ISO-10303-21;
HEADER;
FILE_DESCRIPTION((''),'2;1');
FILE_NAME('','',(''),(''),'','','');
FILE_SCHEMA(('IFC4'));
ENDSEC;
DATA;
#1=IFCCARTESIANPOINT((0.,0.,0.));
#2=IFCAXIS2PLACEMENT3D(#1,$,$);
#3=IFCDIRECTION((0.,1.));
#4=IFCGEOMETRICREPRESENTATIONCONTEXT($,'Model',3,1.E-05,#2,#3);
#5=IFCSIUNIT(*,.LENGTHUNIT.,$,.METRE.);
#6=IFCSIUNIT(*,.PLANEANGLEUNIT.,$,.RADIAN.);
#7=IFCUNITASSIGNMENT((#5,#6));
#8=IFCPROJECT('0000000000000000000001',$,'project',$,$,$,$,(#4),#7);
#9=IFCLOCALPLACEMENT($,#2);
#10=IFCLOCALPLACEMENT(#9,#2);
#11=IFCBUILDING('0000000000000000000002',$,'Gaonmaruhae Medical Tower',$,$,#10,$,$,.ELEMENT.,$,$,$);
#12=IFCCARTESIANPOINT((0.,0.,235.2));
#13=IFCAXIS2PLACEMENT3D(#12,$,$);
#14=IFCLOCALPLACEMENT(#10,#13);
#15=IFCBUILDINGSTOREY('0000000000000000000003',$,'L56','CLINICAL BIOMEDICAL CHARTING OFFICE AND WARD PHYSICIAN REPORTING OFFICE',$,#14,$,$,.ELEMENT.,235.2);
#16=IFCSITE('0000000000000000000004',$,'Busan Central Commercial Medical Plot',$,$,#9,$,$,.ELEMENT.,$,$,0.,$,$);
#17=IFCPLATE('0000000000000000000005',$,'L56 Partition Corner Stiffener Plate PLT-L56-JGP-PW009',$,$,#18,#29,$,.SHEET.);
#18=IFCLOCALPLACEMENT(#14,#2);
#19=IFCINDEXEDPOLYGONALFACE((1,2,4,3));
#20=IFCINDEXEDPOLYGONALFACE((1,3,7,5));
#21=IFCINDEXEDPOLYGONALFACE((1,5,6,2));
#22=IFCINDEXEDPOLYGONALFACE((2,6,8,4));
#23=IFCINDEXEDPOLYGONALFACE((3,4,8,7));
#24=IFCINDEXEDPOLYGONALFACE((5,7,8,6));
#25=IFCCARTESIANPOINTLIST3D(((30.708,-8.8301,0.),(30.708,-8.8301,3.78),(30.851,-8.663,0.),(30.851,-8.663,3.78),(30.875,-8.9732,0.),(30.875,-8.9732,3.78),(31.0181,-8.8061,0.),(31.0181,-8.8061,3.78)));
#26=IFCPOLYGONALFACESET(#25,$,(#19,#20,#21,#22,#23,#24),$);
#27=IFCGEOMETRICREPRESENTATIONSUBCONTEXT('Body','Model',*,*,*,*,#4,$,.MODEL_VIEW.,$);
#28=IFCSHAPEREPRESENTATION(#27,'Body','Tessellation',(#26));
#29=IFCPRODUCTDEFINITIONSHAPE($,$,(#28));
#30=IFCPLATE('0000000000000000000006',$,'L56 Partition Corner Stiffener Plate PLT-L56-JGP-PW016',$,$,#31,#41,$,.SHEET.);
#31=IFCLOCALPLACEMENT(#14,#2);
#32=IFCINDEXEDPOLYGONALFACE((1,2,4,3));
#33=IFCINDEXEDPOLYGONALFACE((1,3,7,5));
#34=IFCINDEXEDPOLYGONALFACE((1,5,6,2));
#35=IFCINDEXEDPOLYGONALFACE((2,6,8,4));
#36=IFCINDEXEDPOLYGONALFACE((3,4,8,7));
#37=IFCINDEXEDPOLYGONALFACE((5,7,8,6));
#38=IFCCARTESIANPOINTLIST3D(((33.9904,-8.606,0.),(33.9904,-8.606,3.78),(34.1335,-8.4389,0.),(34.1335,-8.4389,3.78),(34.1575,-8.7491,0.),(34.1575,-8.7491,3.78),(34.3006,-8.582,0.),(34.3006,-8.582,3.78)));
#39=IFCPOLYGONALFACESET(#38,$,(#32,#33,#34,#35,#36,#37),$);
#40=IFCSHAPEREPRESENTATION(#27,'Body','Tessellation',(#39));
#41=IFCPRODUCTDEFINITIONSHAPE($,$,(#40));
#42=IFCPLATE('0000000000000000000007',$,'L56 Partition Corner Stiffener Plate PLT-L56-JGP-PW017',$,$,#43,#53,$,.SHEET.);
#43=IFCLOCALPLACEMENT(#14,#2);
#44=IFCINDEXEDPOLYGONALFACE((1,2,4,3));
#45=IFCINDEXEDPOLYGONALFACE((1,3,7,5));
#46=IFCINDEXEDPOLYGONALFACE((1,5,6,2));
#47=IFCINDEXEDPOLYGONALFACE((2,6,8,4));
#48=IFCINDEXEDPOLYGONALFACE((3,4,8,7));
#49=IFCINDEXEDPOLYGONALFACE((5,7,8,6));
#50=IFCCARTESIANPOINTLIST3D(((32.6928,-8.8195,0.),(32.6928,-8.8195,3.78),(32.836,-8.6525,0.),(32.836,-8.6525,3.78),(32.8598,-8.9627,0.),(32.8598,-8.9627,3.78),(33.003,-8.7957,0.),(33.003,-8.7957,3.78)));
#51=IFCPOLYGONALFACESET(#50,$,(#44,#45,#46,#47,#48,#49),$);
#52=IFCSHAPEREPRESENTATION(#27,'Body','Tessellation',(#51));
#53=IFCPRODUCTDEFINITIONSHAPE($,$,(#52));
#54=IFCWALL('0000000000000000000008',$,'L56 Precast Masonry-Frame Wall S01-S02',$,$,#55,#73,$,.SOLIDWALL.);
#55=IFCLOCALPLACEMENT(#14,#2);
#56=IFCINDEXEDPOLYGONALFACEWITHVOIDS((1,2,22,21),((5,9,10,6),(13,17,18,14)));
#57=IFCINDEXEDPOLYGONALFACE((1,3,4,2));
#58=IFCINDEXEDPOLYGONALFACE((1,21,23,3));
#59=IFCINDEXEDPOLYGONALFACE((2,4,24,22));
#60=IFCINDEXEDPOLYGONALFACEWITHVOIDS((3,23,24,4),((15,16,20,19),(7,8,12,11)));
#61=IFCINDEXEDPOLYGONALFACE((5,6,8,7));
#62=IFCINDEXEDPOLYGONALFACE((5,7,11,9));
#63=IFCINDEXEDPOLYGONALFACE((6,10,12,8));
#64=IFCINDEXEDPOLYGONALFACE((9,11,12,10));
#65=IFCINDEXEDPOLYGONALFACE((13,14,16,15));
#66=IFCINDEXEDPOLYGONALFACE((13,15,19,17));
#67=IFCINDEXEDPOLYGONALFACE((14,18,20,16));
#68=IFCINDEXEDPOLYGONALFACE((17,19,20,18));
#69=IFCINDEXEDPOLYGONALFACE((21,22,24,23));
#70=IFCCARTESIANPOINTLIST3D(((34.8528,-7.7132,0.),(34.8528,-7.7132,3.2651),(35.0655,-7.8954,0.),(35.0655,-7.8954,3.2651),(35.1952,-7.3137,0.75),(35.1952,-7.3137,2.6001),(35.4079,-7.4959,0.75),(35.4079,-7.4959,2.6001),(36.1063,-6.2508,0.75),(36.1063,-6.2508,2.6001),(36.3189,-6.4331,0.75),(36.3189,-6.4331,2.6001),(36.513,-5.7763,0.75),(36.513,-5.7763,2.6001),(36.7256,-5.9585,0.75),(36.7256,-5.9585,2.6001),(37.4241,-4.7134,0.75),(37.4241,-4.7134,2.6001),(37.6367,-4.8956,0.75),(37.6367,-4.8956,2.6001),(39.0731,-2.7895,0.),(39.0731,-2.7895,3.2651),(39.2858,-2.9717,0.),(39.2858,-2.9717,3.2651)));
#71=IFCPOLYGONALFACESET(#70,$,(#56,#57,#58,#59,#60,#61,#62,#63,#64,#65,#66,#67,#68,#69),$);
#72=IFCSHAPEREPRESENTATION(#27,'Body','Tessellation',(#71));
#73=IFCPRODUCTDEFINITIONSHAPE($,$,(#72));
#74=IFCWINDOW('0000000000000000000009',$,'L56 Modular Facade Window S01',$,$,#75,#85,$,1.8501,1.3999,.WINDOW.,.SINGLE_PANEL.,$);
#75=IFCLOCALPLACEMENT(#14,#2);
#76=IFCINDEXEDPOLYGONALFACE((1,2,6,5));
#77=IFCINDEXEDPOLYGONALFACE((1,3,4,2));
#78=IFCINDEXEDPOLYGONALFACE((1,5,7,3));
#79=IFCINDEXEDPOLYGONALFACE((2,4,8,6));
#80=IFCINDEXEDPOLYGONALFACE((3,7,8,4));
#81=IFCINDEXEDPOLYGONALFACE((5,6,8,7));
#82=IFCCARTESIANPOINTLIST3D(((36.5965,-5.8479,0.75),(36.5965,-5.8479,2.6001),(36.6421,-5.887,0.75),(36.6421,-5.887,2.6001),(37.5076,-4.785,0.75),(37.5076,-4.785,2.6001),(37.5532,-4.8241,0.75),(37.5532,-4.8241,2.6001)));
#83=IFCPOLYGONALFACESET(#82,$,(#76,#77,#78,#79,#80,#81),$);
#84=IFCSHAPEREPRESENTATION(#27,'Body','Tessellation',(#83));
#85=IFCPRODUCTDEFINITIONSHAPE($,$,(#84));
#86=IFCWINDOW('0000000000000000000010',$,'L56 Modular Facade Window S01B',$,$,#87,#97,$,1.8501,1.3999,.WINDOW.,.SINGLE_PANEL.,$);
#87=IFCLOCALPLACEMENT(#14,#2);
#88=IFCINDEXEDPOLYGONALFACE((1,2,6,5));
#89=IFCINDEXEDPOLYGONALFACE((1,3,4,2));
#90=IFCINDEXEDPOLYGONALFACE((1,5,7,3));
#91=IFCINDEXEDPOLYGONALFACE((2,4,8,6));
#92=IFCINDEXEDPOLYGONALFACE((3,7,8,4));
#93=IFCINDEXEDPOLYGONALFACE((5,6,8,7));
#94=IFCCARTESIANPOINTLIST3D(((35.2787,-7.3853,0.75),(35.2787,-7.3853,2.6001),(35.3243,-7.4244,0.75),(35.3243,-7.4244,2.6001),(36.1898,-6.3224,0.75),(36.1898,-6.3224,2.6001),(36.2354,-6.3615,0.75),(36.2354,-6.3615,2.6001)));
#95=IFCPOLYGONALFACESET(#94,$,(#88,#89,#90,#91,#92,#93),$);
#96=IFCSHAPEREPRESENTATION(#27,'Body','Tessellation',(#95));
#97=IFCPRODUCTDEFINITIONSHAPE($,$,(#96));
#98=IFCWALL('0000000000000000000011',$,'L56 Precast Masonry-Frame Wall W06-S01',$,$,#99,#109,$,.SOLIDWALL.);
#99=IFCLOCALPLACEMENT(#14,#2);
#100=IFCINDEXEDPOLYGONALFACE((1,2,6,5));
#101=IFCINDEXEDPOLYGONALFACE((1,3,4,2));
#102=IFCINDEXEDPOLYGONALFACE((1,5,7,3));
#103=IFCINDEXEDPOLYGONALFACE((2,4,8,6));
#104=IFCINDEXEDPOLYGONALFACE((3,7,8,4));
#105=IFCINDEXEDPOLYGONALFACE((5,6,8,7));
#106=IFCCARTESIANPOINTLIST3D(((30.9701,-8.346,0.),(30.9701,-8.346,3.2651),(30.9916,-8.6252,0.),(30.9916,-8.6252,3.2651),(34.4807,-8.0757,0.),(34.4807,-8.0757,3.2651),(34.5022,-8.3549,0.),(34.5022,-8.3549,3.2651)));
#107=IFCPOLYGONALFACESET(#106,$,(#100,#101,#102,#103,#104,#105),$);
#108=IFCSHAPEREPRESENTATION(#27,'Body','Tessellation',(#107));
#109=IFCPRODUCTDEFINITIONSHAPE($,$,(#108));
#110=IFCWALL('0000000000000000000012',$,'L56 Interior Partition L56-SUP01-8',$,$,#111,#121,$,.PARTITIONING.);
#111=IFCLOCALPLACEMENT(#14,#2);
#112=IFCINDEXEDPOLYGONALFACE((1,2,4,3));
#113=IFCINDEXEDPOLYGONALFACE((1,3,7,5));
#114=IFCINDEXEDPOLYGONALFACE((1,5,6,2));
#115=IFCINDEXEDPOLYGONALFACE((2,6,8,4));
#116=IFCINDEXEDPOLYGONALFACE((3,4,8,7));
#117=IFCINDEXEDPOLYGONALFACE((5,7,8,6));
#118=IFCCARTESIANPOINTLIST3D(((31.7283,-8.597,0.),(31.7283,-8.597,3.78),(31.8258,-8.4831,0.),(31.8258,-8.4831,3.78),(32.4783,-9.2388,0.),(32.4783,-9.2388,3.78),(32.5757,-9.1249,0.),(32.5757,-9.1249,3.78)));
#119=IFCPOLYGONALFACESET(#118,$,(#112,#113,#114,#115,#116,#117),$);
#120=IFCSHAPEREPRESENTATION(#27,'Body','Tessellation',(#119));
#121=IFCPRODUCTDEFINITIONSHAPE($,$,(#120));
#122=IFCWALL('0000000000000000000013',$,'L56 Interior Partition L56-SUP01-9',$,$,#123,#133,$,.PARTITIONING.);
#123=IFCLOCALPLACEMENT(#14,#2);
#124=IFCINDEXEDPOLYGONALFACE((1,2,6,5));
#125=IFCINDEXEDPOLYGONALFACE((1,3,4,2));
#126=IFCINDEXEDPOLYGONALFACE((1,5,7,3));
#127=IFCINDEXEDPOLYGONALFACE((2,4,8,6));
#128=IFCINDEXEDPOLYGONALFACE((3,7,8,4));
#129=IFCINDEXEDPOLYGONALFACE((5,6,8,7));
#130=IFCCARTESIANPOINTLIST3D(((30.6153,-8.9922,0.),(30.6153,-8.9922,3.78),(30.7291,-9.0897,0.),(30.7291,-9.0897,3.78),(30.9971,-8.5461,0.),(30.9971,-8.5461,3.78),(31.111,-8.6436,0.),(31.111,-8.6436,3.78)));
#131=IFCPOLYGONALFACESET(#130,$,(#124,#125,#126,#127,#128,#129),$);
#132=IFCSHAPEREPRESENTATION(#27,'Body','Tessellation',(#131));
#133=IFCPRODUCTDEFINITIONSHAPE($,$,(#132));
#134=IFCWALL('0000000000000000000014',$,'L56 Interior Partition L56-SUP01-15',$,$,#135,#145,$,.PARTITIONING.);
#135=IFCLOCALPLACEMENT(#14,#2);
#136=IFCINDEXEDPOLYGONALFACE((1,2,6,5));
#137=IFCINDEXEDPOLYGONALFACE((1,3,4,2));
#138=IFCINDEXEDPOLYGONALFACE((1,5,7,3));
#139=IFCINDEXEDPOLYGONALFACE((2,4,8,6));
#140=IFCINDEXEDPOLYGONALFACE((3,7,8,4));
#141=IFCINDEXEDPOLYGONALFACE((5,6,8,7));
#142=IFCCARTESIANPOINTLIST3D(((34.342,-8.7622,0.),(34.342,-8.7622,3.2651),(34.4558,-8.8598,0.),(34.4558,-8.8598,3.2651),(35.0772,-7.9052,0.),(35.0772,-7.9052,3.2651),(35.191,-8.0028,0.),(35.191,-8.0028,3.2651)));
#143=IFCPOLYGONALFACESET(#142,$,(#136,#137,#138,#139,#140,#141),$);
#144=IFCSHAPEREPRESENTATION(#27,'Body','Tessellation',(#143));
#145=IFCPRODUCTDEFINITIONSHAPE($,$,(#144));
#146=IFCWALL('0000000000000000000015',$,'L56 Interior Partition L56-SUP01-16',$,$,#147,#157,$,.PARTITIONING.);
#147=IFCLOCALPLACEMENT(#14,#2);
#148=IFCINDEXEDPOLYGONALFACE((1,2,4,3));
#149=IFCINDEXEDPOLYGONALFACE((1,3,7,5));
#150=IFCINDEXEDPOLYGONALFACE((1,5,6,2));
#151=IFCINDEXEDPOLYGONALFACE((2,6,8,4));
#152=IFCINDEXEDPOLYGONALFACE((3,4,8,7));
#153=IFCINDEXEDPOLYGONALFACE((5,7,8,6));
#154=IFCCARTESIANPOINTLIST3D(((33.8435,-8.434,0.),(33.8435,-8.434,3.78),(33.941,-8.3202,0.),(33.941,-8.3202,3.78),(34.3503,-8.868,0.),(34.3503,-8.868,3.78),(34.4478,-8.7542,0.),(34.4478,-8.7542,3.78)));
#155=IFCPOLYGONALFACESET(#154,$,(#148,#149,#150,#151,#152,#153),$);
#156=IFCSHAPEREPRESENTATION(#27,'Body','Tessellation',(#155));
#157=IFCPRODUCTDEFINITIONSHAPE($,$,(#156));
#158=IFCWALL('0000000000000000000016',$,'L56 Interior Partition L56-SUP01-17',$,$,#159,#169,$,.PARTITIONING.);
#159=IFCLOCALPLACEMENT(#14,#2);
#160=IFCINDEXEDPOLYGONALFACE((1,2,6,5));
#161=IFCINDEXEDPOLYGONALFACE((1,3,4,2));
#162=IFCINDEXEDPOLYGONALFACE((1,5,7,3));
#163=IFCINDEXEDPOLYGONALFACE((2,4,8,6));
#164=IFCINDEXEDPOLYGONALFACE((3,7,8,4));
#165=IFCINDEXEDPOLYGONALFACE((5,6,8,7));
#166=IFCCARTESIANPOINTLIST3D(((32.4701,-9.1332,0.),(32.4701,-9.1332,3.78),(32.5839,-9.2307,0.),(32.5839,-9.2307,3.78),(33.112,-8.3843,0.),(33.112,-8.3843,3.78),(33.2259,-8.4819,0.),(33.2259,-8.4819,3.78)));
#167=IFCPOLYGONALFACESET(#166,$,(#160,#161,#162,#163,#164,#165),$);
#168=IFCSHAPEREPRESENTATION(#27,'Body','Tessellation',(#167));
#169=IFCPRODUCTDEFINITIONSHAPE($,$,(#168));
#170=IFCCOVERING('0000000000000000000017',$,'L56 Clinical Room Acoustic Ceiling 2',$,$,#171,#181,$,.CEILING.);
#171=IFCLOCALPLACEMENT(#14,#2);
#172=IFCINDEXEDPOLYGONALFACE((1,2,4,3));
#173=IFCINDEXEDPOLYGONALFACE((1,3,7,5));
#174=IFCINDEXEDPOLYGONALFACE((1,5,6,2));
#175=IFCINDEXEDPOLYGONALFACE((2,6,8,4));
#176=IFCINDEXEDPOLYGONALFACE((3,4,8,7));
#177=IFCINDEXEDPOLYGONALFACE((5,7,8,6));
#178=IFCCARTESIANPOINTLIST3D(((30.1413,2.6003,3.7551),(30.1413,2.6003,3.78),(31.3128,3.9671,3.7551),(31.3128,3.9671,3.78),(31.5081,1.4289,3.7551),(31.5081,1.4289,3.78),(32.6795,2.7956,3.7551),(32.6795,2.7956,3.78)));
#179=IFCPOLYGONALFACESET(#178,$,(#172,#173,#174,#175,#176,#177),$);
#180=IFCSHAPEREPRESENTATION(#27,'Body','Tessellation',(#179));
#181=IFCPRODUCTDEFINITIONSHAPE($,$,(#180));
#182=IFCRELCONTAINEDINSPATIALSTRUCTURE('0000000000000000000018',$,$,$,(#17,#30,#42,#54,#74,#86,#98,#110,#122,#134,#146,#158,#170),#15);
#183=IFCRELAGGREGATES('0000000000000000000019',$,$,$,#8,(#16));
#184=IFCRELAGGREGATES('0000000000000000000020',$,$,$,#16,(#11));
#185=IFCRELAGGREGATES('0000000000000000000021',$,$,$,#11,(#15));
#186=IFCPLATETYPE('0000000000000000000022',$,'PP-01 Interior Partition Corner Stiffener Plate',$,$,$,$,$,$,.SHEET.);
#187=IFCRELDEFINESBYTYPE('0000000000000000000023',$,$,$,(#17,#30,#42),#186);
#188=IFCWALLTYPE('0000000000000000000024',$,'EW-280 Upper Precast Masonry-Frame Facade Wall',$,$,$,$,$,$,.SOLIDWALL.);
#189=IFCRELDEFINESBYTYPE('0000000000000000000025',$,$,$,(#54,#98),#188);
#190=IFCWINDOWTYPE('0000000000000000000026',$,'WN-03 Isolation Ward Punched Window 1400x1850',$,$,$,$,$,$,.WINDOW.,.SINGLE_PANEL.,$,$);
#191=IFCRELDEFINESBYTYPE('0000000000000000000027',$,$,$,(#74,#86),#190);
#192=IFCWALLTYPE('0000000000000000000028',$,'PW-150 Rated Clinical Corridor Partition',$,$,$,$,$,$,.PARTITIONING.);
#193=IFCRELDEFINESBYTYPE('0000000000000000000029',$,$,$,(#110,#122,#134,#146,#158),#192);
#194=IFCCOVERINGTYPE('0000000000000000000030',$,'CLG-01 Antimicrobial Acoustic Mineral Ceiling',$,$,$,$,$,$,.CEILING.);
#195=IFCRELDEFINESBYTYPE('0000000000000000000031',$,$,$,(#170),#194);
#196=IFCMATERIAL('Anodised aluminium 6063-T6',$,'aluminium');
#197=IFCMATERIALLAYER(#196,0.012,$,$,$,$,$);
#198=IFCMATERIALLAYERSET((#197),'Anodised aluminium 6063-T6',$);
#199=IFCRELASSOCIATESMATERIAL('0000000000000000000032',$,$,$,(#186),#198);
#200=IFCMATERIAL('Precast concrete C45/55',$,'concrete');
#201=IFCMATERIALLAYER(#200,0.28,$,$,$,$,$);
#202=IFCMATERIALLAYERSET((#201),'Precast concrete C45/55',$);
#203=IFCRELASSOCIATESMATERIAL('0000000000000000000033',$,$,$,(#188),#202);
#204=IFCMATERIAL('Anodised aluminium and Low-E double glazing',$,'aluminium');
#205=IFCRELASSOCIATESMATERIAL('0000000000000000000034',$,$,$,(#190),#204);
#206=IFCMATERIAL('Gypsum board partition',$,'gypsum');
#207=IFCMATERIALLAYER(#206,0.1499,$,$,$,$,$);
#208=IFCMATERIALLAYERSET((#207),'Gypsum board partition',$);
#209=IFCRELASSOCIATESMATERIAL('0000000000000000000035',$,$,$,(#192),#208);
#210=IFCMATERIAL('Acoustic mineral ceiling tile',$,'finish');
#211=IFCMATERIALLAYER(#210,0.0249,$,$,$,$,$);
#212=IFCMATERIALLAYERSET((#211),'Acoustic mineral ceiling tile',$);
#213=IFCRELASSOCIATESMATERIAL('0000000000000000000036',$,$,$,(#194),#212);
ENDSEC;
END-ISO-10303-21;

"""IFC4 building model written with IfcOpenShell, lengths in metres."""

from ifc_helpers import new_model, si_unit, direction, frame, frame_2d, origin, origin_2d, place, context, subcontext, project, spatial, rectangle, extrude, material, layer, layer_set, type_object, element, fill, save


model = new_model("IFC4")

# Units and contexts
model_context = context("Model", 3, precision=1e-05, world=origin(), true_north=direction((0.0, 1.0)))
body_context = subcontext(model_context, "Body", "Model", "MODEL_VIEW")
ifc_project = project(units=[si_unit("LENGTHUNIT", "METRE"), si_unit("PLANEANGLEUNIT", "RADIAN")], contexts=[model_context])

# Site, building, storey
site_placement = place(None, origin())
site = spatial("IfcSite", under=ifc_project, at=site_placement, Name="Busan Central Commercial Medical Plot", CompositionType="ELEMENT", RefElevation=0.0)
building_placement = place(site_placement, origin())
building = spatial("IfcBuilding", under=site, at=building_placement, Name="Gaonmaruhae Medical Tower", CompositionType="ELEMENT")
storey_placement = place(building_placement, frame((0.0, 0.0, 235.2)))
storey = spatial("IfcBuildingStorey", under=building, at=storey_placement, Name="L56", Description="CLINICAL BIOMEDICAL CHARTING OFFICE AND WARD PHYSICIAN REPORTING OFFICE", CompositionType="ELEMENT", Elevation=235.2)

# Plates
ifc_material_1 = material(Name="Anodised aluminium 6063-T6", Category="aluminium")
ifc_layer_1 = layer(ifc_material_1, 0.012)
ifc_layer_set_1 = layer_set([ifc_layer_1], Name="Anodised aluminium 6063-T6")
plate_type = type_object("IfcPlateType", Name="PP-01 Interior Partition Corner Stiffener Plate", PredefinedType="SHEET", material=ifc_layer_set_1)
for number, where, z_axis, x_axis, name in (
    (1, (30.863, -8.8181, 0.0), (0.0, 0.0, 1.0), (-0.650509, -0.759498, 0.0), "L56 Partition Corner Stiffener Plate PLT-L56-JGP-PW009"),
    (2, (34.1455, -8.594, 0.0), (0.0, 0.0, 1.0), (-0.75968, 0.650297, 0.0), "L56 Partition Corner Stiffener Plate PLT-L56-JGP-PW016"),
    (3, (32.8479, -8.8076, 0.0), (0.0, 0.0, 1.0), (-0.650787, -0.75926, 0.0), "L56 Partition Corner Stiffener Plate PLT-L56-JGP-PW017"),
):
    element("IfcPlate", number, at=place(storey_placement, frame(where, z_axis=z_axis, x_axis=x_axis)), inside=storey, type_object=plate_type, Name=name, PredefinedType="SHEET", context=body_context, shape_type="SweptSolid", body=[
        extrude(rectangle(XDim=0.22, YDim=0.22, at=origin_2d()), origin(), (0.0, 0.0, 1.0), 3.78),
    ])

# Wall, openings, windows
ifc_material_2 = material(Name="Precast concrete C45/55", Category="concrete")
ifc_layer_2 = layer(ifc_material_2, 0.28)
ifc_layer_set_2 = layer_set([ifc_layer_2], Name="Precast concrete C45/55")
wall_type_1 = type_object("IfcWallType", Name="EW-280 Upper Precast Masonry-Frame Facade Wall", PredefinedType="SOLIDWALL", material=ifc_layer_set_2)
wall_1_placement = place(storey_placement, frame((39.1794, -2.8806, 0.0), z_axis=(0.0, 0.0, 1.0), x_axis=(-0.650791, -0.759257, 0.0)))
wall_1 = element("IfcWall", 4, at=wall_1_placement, inside=storey, type_object=wall_type_1, Name="L56 Precast Masonry-Frame Wall S01-S02", PredefinedType="SOLIDWALL", context=body_context, shape_type="SweptSolid", body=[
    extrude(rectangle(XDim=6.4849, YDim=0.28, at=frame_2d((3.2424, 0.0))), origin(), (0.0, 0.0, 1.0), 3.2651),
])
opening_1_placement = place(wall_1_placement, frame((2.5339, 0.0, 0.75)))
opening_1 = element("IfcOpeningElement", 5, at=opening_1_placement, cuts=wall_1, PredefinedType="OPENING", context=body_context, shape_type="SweptSolid", body=[
    extrude(rectangle(XDim=1.3999, YDim=1.8501, at=frame_2d((0.7, 0.925))), frame((0.0, 0.1499, 0.0), z_axis=(0.0, -1.0, 0.0), x_axis=(1.0, 0.0, 0.0)), (0.0, 0.0, 1.0), 0.3),
])
opening_2_placement = place(wall_1_placement, frame((4.5588, 0.0, 0.75)))
opening_2 = element("IfcOpeningElement", 6, at=opening_2_placement, cuts=wall_1, PredefinedType="OPENING", context=body_context, shape_type="SweptSolid", body=[
    extrude(rectangle(XDim=1.3999, YDim=1.8501, at=frame_2d((0.7, 0.925))), frame((0.0, 0.1499, 0.0), z_axis=(0.0, -1.0, 0.0), x_axis=(1.0, 0.0, 0.0)), (0.0, 0.0, 1.0), 0.3),
])
ifc_material_3 = material(Name="Anodised aluminium and Low-E double glazing", Category="aluminium")
window_type = type_object("IfcWindowType", Name="WN-03 Isolation Ward Punched Window 1400x1850", PartitioningType="SINGLE_PANEL", PredefinedType="WINDOW", material=ifc_material_3)
window_1_placement = place(opening_1_placement, origin())
window_1 = element("IfcWindow", 7, at=window_1_placement, inside=storey, type_object=window_type, Name="L56 Modular Facade Window S01", OverallHeight=1.8501, OverallWidth=1.3999, PartitioningType="SINGLE_PANEL", PredefinedType="WINDOW", context=body_context, shape_type="SweptSolid", body=[
    extrude(rectangle(XDim=1.3999, YDim=1.8501, at=frame_2d((0.7, 0.925))), frame((0.0, 0.03, 0.0), z_axis=(0.0, -1.0, 0.0), x_axis=(1.0, 0.0, 0.0)), (0.0, 0.0, 1.0), 0.0601),
])
fill(opening_1, window_1)
window_2_placement = place(opening_2_placement, origin())
window_2 = element("IfcWindow", 8, at=window_2_placement, inside=storey, type_object=window_type, Name="L56 Modular Facade Window S01B", OverallHeight=1.8501, OverallWidth=1.3999, PartitioningType="SINGLE_PANEL", PredefinedType="WINDOW", context=body_context, shape_type="SweptSolid", body=[
    extrude(rectangle(XDim=1.3999, YDim=1.8501, at=frame_2d((0.7, 0.925))), frame((0.0, 0.03, 0.0), z_axis=(0.0, -1.0, 0.0), x_axis=(1.0, 0.0, 0.0)), (0.0, 0.0, 1.0), 0.0601),
])
fill(opening_2, window_2)

# Walls
wall_2_placement = place(storey_placement, frame((34.4915, -8.2153, 0.0), z_axis=(0.0, 0.0, 1.0), x_axis=(-0.99705, -0.07676, 0.0)))
element("IfcWall", 9, at=wall_2_placement, inside=storey, type_object=wall_type_1, Name="L56 Precast Masonry-Frame Wall W06-S01", PredefinedType="SOLIDWALL", context=body_context, shape_type="SweptSolid", body=[
    extrude(rectangle(XDim=3.521, YDim=0.28, at=frame_2d((1.7605, 0.0))), origin(), (0.0, 0.0, 1.0), 3.2651),
])
ifc_material_4 = material(Name="Gypsum board partition", Category="gypsum")
ifc_layer_3 = layer(ifc_material_4, 0.1499)
ifc_layer_set_3 = layer_set([ifc_layer_3], Name="Gypsum board partition")
wall_type_2 = type_object("IfcWallType", Name="PW-150 Rated Clinical Corridor Partition", PredefinedType="PARTITIONING", material=ifc_layer_set_3)
wall_3_placement = place(storey_placement, frame((32.5271, -9.1819, 0.0), z_axis=(0.0, 0.0, 1.0), x_axis=(-0.759763, 0.650201, 0.0)))
element("IfcWall", 10, at=wall_3_placement, inside=storey, type_object=wall_type_2, Name="L56 Interior Partition L56-SUP01-8", PredefinedType="PARTITIONING", context=body_context, shape_type="SweptSolid", body=[
    extrude(rectangle(XDim=0.9871, YDim=0.1499, at=frame_2d((0.4937, 0.0))), origin(), (0.0, 0.0, 1.0), 3.78),
])
wall_4_placement = place(storey_placement, frame((31.054, -8.595, 0.0), z_axis=(0.0, 0.0, 1.0), x_axis=(-0.650312, -0.759667, 0.0)))
element("IfcWall", 11, at=wall_4_placement, inside=storey, type_object=wall_type_2, Name="L56 Interior Partition L56-SUP01-9", PredefinedType="PARTITIONING", context=body_context, shape_type="SweptSolid", body=[
    extrude(rectangle(XDim=0.5872, YDim=0.1499, at=frame_2d((0.2935, 0.0))), origin(), (0.0, 0.0, 1.0), 3.78),
])
wall_5_placement = place(storey_placement, frame((35.134, -7.9541, 0.0), z_axis=(0.0, 0.0, 1.0), x_axis=(-0.651094, -0.758997, 0.0)))
element("IfcWall", 12, at=wall_5_placement, inside=storey, type_object=wall_type_2, Name="L56 Interior Partition L56-SUP01-15", PredefinedType="PARTITIONING", context=body_context, shape_type="SweptSolid", body=[
    extrude(rectangle(XDim=1.1292, YDim=0.1499, at=frame_2d((0.5645, 0.0))), origin(), (0.0, 0.0, 1.0), 3.2651),
])
wall_6_placement = place(storey_placement, frame((34.3989, -8.811, 0.0), z_axis=(0.0, 0.0, 1.0), x_axis=(-0.759515, 0.65049, 0.0)))
element("IfcWall", 13, at=wall_6_placement, inside=storey, type_object=wall_type_2, Name="L56 Interior Partition L56-SUP01-16", PredefinedType="PARTITIONING", context=body_context, shape_type="SweptSolid", body=[
    extrude(rectangle(XDim=0.6672, YDim=0.1499, at=frame_2d((0.3335, 0.0))), origin(), (0.0, 0.0, 1.0), 3.78),
])
wall_7_placement = place(storey_placement, frame((33.1689, -8.4331, 0.0), z_axis=(0.0, 0.0, 1.0), x_axis=(-0.650812, -0.759239, 0.0)))
element("IfcWall", 14, at=wall_7_placement, inside=storey, type_object=wall_type_2, Name="L56 Interior Partition L56-SUP01-17", PredefinedType="PARTITIONING", context=body_context, shape_type="SweptSolid", body=[
    extrude(rectangle(XDim=0.9863, YDim=0.1499, at=frame_2d((0.4932, 0.0))), origin(), (0.0, 0.0, 1.0), 3.78),
])

# Covering
ifc_material_5 = material(Name="Acoustic mineral ceiling tile", Category="finish")
ifc_layer_4 = layer(ifc_material_5, 0.0249)
ifc_layer_set_4 = layer_set([ifc_layer_4], Name="Acoustic mineral ceiling tile")
covering_type = type_object("IfcCoveringType", Name="CLG-01 Antimicrobial Acoustic Mineral Ceiling", PredefinedType="CEILING", material=ifc_layer_set_4)
covering_placement = place(storey_placement, frame((31.4104, 2.698, 3.7551), z_axis=(0.0, 0.0, 1.0), x_axis=(0.650774, 0.759271, 0.0)))
element("IfcCovering", 15, at=covering_placement, inside=storey, type_object=covering_type, Name="L56 Clinical Room Acoustic Ceiling 2", PredefinedType="CEILING", context=body_context, shape_type="SweptSolid", body=[
    extrude(rectangle(XDim=1.8, YDim=1.8, at=origin_2d()), origin(), (0.0, 0.0, 1.0), 0.0249),
])

save(model, "model.ifc")
